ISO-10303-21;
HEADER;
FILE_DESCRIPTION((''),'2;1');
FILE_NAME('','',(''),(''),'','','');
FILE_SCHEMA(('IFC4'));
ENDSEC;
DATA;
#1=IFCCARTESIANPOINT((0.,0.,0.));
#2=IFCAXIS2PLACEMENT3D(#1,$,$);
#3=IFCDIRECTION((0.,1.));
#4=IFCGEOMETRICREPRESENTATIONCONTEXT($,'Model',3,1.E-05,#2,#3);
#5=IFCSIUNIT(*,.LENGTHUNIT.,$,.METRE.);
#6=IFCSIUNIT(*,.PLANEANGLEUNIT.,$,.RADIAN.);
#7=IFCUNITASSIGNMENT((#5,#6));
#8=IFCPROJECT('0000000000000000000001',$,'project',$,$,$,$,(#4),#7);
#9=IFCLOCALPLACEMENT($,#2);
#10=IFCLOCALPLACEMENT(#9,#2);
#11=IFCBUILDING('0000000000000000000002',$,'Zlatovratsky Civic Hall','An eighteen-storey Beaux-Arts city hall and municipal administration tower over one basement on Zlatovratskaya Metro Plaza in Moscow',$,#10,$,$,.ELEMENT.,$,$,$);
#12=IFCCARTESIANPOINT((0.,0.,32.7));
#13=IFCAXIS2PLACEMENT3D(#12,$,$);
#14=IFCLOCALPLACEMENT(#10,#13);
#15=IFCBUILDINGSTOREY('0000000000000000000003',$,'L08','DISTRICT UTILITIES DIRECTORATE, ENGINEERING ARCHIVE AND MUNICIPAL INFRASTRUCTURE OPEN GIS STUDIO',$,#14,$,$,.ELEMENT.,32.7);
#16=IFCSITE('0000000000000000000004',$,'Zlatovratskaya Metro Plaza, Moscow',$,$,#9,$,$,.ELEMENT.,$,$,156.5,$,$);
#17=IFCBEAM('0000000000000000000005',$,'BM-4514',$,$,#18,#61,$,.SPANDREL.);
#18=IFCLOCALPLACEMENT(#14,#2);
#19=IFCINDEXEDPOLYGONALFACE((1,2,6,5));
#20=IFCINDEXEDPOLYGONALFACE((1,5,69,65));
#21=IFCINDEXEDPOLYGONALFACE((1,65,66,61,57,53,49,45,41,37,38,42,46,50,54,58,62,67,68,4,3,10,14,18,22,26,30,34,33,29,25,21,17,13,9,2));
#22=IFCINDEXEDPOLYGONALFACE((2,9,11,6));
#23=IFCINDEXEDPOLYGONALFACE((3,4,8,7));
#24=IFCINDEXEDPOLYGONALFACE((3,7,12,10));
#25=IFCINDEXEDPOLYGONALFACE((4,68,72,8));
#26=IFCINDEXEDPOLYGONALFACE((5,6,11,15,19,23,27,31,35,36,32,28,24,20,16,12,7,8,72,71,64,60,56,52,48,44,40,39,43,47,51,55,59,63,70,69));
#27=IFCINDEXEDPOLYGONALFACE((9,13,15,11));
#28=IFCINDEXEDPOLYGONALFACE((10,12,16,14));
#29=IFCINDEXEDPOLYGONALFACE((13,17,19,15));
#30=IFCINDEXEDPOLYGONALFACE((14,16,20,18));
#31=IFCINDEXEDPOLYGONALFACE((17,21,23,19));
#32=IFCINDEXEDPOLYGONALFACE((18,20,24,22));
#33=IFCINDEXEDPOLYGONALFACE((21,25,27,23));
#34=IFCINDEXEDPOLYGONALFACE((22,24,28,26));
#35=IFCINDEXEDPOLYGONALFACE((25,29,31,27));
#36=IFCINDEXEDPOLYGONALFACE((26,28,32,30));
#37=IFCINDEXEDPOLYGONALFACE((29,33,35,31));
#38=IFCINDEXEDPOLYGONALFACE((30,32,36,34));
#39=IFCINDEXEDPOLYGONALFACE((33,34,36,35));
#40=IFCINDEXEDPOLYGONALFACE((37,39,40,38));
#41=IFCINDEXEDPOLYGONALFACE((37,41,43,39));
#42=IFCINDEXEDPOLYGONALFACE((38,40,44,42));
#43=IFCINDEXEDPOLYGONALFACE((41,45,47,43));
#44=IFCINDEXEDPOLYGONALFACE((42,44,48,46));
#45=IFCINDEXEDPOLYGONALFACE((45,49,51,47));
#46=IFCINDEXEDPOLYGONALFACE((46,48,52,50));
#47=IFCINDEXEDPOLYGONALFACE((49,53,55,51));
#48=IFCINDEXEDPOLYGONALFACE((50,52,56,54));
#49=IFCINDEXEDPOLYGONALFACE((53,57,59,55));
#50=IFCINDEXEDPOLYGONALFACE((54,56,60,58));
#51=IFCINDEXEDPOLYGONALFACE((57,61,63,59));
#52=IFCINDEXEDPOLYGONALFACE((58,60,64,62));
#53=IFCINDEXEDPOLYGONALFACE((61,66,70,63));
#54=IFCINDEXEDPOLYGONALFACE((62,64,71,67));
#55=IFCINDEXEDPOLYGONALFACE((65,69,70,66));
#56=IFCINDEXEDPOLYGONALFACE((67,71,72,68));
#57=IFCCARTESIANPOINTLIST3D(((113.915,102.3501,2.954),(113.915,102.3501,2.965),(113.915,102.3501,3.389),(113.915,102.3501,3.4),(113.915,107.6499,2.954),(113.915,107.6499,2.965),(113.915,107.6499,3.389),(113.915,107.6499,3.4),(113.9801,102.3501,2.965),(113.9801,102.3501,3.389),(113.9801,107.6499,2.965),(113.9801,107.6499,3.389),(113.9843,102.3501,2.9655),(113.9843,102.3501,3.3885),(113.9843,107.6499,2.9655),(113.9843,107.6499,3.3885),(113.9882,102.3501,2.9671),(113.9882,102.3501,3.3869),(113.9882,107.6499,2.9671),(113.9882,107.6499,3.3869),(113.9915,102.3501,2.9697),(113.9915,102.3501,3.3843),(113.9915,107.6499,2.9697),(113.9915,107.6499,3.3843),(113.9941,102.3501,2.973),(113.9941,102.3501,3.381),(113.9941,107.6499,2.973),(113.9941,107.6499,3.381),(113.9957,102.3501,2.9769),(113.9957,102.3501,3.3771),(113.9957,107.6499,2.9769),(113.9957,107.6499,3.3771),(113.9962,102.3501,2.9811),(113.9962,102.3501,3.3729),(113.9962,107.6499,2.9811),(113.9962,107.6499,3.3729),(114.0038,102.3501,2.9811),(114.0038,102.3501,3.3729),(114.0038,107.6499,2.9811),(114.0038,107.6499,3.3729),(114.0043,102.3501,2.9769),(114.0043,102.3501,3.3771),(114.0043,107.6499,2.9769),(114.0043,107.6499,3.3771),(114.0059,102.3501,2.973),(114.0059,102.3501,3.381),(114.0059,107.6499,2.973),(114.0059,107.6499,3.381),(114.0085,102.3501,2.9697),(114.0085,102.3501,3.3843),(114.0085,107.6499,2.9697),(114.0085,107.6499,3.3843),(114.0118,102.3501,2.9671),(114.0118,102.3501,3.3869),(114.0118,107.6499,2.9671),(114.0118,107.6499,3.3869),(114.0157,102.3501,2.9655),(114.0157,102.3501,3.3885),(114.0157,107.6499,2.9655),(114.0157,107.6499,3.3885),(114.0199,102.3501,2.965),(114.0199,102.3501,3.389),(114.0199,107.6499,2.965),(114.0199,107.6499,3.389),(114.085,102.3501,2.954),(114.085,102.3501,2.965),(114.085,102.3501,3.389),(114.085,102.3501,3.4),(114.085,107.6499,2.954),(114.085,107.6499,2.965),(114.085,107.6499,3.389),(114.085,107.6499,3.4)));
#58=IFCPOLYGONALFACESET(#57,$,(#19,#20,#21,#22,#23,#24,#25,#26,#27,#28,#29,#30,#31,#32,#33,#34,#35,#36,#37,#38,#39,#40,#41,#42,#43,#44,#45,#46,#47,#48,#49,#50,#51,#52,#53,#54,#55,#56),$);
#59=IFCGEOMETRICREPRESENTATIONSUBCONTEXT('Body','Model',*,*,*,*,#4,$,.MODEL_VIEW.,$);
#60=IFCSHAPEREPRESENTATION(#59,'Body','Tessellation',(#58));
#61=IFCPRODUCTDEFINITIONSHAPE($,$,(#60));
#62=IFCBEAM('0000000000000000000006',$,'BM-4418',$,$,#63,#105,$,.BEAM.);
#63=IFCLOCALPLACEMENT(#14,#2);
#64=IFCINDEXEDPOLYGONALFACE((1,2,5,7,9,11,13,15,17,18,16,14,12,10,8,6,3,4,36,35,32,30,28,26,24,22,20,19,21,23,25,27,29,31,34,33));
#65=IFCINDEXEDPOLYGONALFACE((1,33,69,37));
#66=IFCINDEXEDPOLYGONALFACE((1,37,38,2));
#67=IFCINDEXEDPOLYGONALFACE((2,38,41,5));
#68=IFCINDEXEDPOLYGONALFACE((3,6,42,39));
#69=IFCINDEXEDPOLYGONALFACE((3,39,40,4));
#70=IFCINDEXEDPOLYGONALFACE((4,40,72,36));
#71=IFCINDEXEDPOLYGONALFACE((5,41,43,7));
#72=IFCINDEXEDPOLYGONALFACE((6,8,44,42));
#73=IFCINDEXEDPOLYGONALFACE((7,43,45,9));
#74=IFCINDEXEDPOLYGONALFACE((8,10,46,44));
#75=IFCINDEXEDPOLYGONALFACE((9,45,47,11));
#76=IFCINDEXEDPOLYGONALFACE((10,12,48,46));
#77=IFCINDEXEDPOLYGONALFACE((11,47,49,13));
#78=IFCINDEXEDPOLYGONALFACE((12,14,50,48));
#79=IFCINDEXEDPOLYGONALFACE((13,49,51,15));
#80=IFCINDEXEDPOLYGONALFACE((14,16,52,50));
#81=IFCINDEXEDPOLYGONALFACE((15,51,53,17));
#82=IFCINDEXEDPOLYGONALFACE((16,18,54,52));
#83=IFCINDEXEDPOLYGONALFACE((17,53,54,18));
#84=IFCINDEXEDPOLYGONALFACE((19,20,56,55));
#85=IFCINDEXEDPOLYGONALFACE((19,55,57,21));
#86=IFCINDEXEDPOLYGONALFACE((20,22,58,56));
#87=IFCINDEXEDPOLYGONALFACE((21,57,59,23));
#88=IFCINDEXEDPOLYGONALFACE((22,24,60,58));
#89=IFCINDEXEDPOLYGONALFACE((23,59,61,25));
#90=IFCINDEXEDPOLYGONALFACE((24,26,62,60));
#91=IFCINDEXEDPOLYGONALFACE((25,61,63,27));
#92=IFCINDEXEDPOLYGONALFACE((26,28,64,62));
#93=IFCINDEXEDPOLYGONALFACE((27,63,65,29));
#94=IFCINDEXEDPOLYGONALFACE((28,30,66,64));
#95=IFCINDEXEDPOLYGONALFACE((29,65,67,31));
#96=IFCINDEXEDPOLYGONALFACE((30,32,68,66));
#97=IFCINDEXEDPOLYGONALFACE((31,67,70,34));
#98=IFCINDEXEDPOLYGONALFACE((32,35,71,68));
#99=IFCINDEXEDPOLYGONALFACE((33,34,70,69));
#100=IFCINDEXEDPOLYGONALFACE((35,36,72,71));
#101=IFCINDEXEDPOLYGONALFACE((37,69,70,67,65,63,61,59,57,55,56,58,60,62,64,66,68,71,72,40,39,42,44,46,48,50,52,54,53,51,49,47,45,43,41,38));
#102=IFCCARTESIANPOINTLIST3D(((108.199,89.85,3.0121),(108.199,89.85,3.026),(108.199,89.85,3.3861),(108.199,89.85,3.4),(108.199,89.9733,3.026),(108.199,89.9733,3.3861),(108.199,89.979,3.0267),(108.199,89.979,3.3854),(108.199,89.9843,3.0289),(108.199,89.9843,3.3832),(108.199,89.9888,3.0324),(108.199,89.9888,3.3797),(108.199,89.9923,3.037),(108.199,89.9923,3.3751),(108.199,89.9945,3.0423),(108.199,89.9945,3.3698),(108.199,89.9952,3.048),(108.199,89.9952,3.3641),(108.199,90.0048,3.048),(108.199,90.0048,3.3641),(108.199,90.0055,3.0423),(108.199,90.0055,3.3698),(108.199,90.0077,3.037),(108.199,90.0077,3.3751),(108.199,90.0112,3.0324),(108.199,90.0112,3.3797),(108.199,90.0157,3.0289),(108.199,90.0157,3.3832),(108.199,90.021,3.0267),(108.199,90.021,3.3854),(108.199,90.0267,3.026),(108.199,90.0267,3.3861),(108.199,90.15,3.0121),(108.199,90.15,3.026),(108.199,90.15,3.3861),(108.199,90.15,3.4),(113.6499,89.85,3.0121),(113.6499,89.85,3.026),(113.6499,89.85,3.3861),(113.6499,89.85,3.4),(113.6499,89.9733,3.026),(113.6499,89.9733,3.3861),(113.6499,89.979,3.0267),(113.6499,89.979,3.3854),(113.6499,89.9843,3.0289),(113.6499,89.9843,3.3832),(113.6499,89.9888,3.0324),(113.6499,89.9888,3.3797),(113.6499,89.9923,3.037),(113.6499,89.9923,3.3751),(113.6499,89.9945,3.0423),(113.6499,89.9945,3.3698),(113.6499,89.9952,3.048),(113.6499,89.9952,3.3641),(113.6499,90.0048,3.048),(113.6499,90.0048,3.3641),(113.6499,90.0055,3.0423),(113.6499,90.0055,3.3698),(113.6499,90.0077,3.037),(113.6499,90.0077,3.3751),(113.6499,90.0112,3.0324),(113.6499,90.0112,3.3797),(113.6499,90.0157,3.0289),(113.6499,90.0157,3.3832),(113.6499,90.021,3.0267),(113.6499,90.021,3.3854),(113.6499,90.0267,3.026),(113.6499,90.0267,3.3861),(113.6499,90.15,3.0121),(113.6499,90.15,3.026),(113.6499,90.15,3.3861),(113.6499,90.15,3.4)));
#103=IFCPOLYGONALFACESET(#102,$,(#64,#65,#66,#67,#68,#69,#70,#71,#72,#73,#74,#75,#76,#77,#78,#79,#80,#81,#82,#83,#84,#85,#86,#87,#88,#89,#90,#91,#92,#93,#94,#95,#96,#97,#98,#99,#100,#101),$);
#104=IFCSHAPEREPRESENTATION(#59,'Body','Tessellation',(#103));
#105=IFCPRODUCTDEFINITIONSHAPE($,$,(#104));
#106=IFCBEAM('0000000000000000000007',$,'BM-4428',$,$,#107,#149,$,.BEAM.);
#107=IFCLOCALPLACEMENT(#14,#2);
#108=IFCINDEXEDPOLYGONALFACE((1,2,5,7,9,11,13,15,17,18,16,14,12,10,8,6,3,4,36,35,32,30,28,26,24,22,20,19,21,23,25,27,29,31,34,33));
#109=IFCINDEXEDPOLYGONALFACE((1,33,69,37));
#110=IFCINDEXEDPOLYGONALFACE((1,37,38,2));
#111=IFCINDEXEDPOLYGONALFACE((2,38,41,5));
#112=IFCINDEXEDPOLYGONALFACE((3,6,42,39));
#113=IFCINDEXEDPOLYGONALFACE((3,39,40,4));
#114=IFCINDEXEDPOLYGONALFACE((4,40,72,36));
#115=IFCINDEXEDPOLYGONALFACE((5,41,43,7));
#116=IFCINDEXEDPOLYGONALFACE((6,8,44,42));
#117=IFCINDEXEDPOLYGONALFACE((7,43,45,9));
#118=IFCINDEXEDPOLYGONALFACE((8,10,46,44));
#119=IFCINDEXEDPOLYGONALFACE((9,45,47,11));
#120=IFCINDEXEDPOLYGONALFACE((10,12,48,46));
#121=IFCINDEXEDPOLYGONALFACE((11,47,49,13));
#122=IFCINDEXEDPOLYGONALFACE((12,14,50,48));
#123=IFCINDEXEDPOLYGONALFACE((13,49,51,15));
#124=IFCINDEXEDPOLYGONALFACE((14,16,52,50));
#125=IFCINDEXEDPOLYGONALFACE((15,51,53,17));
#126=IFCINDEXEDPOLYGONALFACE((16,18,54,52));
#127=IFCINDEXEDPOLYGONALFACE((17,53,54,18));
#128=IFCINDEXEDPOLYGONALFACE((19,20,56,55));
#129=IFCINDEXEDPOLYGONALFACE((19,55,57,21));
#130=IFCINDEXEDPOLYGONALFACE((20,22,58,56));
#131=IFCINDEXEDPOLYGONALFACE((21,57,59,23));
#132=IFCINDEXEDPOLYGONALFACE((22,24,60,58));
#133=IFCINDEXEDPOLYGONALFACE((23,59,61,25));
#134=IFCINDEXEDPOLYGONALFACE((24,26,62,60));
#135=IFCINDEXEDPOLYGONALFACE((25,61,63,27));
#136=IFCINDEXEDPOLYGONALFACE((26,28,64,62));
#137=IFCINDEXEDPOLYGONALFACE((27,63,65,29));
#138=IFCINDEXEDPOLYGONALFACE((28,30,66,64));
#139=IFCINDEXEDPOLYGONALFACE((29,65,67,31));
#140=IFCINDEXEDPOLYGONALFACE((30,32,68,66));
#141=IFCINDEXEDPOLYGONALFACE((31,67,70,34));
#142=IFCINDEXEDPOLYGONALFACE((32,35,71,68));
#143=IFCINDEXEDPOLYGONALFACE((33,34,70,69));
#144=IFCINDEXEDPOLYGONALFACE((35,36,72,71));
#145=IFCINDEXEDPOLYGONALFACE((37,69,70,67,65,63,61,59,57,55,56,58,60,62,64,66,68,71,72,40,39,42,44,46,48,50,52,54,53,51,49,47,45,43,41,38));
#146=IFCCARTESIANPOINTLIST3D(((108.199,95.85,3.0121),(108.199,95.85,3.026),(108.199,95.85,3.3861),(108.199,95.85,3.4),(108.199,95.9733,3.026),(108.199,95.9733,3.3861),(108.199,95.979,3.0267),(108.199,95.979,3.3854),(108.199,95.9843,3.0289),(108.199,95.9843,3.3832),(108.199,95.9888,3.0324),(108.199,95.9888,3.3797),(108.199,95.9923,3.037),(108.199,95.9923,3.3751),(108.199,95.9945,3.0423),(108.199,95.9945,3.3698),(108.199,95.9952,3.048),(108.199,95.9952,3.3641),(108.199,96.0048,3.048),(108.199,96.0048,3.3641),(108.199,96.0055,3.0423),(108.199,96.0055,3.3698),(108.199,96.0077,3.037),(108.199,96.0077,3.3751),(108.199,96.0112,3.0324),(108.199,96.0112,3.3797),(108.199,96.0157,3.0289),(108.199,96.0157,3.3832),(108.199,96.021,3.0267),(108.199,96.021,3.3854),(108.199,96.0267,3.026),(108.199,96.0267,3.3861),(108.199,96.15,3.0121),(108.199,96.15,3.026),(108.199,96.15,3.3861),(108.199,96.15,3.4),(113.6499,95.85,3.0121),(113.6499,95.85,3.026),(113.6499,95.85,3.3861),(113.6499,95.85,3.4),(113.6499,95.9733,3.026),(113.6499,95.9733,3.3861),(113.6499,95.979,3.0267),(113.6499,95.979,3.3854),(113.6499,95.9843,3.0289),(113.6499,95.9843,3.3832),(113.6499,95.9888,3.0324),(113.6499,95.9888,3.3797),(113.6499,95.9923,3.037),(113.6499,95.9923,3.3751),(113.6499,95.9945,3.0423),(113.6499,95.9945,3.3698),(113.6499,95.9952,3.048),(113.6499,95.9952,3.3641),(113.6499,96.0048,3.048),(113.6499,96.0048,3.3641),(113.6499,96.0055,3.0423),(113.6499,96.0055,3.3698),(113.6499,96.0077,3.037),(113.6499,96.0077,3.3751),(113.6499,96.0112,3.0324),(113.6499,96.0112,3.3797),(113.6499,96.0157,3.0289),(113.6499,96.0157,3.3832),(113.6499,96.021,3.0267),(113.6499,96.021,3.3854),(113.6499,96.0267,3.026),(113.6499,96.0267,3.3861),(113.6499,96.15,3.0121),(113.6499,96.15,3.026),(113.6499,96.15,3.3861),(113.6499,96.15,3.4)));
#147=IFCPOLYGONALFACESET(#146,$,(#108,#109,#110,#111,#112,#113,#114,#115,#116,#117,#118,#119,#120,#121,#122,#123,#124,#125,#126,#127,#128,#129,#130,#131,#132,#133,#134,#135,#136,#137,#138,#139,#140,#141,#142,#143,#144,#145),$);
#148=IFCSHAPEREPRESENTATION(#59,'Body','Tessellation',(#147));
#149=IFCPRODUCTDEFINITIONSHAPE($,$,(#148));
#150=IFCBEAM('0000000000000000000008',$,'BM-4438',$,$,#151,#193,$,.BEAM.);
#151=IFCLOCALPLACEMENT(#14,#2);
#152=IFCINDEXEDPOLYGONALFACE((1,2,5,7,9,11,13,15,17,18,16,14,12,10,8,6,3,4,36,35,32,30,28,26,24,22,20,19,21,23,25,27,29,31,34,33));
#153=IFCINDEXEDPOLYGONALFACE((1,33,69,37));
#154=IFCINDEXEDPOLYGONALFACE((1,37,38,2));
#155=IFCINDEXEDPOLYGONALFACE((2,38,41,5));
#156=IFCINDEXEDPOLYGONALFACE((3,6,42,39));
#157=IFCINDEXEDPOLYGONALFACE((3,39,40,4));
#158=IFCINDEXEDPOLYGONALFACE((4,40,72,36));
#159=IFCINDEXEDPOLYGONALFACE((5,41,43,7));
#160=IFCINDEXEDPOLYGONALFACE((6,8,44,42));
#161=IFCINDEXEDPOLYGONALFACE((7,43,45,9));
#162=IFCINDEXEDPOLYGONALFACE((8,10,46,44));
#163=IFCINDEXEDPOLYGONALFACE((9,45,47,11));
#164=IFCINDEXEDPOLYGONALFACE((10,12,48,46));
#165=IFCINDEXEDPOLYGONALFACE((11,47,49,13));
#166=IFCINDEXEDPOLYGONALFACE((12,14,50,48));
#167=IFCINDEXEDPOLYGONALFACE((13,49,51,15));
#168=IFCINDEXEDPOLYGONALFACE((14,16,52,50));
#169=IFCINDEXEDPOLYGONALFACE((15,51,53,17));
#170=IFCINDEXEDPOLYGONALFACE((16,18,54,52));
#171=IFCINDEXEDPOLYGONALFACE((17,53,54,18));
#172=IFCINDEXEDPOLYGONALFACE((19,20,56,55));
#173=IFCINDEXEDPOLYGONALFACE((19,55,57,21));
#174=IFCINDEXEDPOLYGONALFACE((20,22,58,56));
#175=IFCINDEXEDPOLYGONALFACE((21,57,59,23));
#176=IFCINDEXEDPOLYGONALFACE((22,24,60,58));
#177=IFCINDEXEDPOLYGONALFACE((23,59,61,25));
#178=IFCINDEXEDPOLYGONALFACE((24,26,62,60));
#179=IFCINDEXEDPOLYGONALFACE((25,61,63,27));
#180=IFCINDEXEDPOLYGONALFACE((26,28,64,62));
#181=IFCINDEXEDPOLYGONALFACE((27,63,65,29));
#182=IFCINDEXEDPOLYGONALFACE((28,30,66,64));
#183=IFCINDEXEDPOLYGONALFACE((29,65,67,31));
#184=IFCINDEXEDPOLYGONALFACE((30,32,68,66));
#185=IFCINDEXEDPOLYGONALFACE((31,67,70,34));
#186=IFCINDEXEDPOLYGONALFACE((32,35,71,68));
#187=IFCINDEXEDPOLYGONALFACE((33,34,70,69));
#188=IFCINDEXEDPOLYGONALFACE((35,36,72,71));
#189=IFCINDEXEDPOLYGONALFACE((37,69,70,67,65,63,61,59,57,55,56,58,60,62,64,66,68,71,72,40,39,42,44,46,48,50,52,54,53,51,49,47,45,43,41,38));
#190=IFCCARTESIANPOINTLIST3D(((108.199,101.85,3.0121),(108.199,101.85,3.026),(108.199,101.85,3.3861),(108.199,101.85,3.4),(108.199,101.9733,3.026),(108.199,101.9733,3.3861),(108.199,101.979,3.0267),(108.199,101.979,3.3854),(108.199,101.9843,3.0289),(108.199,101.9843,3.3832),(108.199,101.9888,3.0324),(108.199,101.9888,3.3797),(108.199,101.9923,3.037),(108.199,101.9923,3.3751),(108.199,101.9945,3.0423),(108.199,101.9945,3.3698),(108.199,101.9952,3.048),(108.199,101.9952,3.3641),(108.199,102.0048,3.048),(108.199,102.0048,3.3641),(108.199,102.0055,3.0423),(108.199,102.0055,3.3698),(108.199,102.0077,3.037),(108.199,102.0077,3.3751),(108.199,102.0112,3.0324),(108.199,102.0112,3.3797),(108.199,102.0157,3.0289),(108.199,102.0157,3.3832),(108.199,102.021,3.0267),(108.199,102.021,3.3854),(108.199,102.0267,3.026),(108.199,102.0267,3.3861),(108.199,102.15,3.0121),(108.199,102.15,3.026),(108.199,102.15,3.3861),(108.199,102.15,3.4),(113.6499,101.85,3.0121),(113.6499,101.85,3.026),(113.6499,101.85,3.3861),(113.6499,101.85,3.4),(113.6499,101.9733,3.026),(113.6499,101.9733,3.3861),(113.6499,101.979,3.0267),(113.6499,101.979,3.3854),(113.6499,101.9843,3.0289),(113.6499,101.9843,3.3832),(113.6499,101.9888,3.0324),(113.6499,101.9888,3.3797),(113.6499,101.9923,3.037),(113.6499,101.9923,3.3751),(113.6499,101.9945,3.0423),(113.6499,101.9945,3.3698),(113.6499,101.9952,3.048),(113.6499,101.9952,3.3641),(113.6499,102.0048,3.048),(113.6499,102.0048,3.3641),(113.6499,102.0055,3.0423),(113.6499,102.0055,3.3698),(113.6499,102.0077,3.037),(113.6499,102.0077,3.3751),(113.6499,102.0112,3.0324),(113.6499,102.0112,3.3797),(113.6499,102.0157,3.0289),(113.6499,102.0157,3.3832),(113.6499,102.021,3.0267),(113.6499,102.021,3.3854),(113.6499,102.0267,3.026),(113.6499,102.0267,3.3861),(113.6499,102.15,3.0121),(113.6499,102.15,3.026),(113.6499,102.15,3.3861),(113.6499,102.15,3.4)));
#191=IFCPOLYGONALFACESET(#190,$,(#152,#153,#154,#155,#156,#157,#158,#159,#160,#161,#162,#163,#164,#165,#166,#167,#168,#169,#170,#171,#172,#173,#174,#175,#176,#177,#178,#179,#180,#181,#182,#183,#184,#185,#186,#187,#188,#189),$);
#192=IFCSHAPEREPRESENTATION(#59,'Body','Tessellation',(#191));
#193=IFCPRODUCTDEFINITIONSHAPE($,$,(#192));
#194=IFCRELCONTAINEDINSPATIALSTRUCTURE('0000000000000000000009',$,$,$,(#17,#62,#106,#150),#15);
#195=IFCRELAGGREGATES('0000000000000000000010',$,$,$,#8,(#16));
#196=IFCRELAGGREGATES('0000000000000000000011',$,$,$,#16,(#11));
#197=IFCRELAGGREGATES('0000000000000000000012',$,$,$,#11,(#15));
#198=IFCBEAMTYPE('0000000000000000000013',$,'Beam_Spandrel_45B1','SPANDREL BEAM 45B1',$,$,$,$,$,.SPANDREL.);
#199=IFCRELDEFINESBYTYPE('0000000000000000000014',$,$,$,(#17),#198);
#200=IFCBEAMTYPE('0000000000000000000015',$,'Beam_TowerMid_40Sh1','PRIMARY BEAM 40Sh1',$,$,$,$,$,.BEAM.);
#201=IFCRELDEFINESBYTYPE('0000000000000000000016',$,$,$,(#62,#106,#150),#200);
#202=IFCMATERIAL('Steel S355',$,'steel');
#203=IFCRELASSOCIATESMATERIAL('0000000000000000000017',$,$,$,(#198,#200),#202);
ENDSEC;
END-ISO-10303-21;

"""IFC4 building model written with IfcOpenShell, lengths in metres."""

from ifc_helpers import new_model, si_unit, direction, frame, origin, origin_2d, place, context, subcontext, project, spatial, i_section, extrude, material, material_profile, profile_set, type_object, element, save


model = new_model("IFC4")

# Units and contexts
model_context = context("Model", 3, precision=1e-05, world=origin(), true_north=direction((0.0, 1.0)))
body_context = subcontext(model_context, "Body", "Model", "MODEL_VIEW")
ifc_project = project(units=[si_unit("LENGTHUNIT", "METRE"), si_unit("PLANEANGLEUNIT", "RADIAN")], contexts=[model_context])

# Site, building, storey
site_placement = place(None, origin())
site = spatial("IfcSite", under=ifc_project, at=site_placement, Name="Zlatovratskaya Metro Plaza, Moscow", CompositionType="ELEMENT", RefElevation=156.5)
building_placement = place(site_placement, origin())
building = spatial("IfcBuilding", under=site, at=building_placement, Name="Zlatovratsky Civic Hall", Description="An eighteen-storey Beaux-Arts city hall and municipal administration tower over one basement on Zlatovratskaya Metro Plaza in Moscow", CompositionType="ELEMENT")
storey_placement = place(building_placement, frame((0.0, 0.0, 32.7)))
storey = spatial("IfcBuildingStorey", under=building, at=storey_placement, Name="L08", Description="DISTRICT UTILITIES DIRECTORATE, ENGINEERING ARCHIVE AND MUNICIPAL INFRASTRUCTURE OPEN GIS STUDIO", CompositionType="ELEMENT", Elevation=32.7)

# Shared definitions
ifc_material_1 = material(Name="Steel S355", Category="steel")

# Beams
ifc_material_profile_1 = material_profile(ifc_material_1, i_section(OverallWidth=0.1699, OverallDepth=0.446, WebThickness=0.0076, FlangeThickness=0.011, FilletRadius=0.0161, at=origin_2d()), Name="45B1")
ifc_profile_set_1 = profile_set([ifc_material_profile_1], Name="Steel S355")
beam_type_1 = type_object("IfcBeamType", Name="Beam_Spandrel_45B1", Description="SPANDREL BEAM 45B1", PredefinedType="SPANDREL", material=ifc_profile_set_1)
for number, where, z_axis, x_axis, name in (
    (1, (114.0, 102.3501, 3.177), (0.0, 1.0, 0.0), (-1.0, 0.0, 0.0), "BM-4514"),
):
    element("IfcBeam", number, at=place(storey_placement, frame(where, z_axis=z_axis, x_axis=x_axis)), inside=storey, type_object=beam_type_1, Name=name, PredefinedType="SPANDREL", context=body_context, shape_type="SweptSolid", body=[
        extrude(i_section(OverallWidth=0.1699, OverallDepth=0.446, WebThickness=0.0076, FlangeThickness=0.011, FilletRadius=0.0161, at=origin_2d()), origin(), (0.0, 0.0, 1.0), 5.2998),
    ])
ifc_material_profile_2 = material_profile(ifc_material_1, i_section(OverallWidth=0.3, OverallDepth=0.3879, WebThickness=0.0095, FlangeThickness=0.0139, FilletRadius=0.022, at=origin_2d()), Name="40Sh1")
ifc_profile_set_2 = profile_set([ifc_material_profile_2], Name="Steel S355")
beam_type_2 = type_object("IfcBeamType", Name="Beam_TowerMid_40Sh1", Description="PRIMARY BEAM 40Sh1", PredefinedType="BEAM", material=ifc_profile_set_2)
for number, where, z_axis, x_axis, name in (
    (2, (108.199, 90.0, 3.2061), (1.0, 0.0, 0.0), (0.0, 1.0, 0.0), "BM-4418"),
    (3, (108.199, 96.0, 3.2061), (1.0, 0.0, 0.0), (0.0, 1.0, 0.0), "BM-4428"),
    (4, (108.199, 102.0, 3.2061), (1.0, 0.0, 0.0), (0.0, 1.0, 0.0), "BM-4438"),
):
    element("IfcBeam", number, at=place(storey_placement, frame(where, z_axis=z_axis, x_axis=x_axis)), inside=storey, type_object=beam_type_2, Name=name, PredefinedType="BEAM", context=body_context, shape_type="SweptSolid", body=[
        extrude(i_section(OverallWidth=0.3, OverallDepth=0.3879, WebThickness=0.0095, FlangeThickness=0.0139, FilletRadius=0.022, at=origin_2d()), origin(), (0.0, 0.0, 1.0), 5.4509),
    ])

save(model, "model.ifc")
